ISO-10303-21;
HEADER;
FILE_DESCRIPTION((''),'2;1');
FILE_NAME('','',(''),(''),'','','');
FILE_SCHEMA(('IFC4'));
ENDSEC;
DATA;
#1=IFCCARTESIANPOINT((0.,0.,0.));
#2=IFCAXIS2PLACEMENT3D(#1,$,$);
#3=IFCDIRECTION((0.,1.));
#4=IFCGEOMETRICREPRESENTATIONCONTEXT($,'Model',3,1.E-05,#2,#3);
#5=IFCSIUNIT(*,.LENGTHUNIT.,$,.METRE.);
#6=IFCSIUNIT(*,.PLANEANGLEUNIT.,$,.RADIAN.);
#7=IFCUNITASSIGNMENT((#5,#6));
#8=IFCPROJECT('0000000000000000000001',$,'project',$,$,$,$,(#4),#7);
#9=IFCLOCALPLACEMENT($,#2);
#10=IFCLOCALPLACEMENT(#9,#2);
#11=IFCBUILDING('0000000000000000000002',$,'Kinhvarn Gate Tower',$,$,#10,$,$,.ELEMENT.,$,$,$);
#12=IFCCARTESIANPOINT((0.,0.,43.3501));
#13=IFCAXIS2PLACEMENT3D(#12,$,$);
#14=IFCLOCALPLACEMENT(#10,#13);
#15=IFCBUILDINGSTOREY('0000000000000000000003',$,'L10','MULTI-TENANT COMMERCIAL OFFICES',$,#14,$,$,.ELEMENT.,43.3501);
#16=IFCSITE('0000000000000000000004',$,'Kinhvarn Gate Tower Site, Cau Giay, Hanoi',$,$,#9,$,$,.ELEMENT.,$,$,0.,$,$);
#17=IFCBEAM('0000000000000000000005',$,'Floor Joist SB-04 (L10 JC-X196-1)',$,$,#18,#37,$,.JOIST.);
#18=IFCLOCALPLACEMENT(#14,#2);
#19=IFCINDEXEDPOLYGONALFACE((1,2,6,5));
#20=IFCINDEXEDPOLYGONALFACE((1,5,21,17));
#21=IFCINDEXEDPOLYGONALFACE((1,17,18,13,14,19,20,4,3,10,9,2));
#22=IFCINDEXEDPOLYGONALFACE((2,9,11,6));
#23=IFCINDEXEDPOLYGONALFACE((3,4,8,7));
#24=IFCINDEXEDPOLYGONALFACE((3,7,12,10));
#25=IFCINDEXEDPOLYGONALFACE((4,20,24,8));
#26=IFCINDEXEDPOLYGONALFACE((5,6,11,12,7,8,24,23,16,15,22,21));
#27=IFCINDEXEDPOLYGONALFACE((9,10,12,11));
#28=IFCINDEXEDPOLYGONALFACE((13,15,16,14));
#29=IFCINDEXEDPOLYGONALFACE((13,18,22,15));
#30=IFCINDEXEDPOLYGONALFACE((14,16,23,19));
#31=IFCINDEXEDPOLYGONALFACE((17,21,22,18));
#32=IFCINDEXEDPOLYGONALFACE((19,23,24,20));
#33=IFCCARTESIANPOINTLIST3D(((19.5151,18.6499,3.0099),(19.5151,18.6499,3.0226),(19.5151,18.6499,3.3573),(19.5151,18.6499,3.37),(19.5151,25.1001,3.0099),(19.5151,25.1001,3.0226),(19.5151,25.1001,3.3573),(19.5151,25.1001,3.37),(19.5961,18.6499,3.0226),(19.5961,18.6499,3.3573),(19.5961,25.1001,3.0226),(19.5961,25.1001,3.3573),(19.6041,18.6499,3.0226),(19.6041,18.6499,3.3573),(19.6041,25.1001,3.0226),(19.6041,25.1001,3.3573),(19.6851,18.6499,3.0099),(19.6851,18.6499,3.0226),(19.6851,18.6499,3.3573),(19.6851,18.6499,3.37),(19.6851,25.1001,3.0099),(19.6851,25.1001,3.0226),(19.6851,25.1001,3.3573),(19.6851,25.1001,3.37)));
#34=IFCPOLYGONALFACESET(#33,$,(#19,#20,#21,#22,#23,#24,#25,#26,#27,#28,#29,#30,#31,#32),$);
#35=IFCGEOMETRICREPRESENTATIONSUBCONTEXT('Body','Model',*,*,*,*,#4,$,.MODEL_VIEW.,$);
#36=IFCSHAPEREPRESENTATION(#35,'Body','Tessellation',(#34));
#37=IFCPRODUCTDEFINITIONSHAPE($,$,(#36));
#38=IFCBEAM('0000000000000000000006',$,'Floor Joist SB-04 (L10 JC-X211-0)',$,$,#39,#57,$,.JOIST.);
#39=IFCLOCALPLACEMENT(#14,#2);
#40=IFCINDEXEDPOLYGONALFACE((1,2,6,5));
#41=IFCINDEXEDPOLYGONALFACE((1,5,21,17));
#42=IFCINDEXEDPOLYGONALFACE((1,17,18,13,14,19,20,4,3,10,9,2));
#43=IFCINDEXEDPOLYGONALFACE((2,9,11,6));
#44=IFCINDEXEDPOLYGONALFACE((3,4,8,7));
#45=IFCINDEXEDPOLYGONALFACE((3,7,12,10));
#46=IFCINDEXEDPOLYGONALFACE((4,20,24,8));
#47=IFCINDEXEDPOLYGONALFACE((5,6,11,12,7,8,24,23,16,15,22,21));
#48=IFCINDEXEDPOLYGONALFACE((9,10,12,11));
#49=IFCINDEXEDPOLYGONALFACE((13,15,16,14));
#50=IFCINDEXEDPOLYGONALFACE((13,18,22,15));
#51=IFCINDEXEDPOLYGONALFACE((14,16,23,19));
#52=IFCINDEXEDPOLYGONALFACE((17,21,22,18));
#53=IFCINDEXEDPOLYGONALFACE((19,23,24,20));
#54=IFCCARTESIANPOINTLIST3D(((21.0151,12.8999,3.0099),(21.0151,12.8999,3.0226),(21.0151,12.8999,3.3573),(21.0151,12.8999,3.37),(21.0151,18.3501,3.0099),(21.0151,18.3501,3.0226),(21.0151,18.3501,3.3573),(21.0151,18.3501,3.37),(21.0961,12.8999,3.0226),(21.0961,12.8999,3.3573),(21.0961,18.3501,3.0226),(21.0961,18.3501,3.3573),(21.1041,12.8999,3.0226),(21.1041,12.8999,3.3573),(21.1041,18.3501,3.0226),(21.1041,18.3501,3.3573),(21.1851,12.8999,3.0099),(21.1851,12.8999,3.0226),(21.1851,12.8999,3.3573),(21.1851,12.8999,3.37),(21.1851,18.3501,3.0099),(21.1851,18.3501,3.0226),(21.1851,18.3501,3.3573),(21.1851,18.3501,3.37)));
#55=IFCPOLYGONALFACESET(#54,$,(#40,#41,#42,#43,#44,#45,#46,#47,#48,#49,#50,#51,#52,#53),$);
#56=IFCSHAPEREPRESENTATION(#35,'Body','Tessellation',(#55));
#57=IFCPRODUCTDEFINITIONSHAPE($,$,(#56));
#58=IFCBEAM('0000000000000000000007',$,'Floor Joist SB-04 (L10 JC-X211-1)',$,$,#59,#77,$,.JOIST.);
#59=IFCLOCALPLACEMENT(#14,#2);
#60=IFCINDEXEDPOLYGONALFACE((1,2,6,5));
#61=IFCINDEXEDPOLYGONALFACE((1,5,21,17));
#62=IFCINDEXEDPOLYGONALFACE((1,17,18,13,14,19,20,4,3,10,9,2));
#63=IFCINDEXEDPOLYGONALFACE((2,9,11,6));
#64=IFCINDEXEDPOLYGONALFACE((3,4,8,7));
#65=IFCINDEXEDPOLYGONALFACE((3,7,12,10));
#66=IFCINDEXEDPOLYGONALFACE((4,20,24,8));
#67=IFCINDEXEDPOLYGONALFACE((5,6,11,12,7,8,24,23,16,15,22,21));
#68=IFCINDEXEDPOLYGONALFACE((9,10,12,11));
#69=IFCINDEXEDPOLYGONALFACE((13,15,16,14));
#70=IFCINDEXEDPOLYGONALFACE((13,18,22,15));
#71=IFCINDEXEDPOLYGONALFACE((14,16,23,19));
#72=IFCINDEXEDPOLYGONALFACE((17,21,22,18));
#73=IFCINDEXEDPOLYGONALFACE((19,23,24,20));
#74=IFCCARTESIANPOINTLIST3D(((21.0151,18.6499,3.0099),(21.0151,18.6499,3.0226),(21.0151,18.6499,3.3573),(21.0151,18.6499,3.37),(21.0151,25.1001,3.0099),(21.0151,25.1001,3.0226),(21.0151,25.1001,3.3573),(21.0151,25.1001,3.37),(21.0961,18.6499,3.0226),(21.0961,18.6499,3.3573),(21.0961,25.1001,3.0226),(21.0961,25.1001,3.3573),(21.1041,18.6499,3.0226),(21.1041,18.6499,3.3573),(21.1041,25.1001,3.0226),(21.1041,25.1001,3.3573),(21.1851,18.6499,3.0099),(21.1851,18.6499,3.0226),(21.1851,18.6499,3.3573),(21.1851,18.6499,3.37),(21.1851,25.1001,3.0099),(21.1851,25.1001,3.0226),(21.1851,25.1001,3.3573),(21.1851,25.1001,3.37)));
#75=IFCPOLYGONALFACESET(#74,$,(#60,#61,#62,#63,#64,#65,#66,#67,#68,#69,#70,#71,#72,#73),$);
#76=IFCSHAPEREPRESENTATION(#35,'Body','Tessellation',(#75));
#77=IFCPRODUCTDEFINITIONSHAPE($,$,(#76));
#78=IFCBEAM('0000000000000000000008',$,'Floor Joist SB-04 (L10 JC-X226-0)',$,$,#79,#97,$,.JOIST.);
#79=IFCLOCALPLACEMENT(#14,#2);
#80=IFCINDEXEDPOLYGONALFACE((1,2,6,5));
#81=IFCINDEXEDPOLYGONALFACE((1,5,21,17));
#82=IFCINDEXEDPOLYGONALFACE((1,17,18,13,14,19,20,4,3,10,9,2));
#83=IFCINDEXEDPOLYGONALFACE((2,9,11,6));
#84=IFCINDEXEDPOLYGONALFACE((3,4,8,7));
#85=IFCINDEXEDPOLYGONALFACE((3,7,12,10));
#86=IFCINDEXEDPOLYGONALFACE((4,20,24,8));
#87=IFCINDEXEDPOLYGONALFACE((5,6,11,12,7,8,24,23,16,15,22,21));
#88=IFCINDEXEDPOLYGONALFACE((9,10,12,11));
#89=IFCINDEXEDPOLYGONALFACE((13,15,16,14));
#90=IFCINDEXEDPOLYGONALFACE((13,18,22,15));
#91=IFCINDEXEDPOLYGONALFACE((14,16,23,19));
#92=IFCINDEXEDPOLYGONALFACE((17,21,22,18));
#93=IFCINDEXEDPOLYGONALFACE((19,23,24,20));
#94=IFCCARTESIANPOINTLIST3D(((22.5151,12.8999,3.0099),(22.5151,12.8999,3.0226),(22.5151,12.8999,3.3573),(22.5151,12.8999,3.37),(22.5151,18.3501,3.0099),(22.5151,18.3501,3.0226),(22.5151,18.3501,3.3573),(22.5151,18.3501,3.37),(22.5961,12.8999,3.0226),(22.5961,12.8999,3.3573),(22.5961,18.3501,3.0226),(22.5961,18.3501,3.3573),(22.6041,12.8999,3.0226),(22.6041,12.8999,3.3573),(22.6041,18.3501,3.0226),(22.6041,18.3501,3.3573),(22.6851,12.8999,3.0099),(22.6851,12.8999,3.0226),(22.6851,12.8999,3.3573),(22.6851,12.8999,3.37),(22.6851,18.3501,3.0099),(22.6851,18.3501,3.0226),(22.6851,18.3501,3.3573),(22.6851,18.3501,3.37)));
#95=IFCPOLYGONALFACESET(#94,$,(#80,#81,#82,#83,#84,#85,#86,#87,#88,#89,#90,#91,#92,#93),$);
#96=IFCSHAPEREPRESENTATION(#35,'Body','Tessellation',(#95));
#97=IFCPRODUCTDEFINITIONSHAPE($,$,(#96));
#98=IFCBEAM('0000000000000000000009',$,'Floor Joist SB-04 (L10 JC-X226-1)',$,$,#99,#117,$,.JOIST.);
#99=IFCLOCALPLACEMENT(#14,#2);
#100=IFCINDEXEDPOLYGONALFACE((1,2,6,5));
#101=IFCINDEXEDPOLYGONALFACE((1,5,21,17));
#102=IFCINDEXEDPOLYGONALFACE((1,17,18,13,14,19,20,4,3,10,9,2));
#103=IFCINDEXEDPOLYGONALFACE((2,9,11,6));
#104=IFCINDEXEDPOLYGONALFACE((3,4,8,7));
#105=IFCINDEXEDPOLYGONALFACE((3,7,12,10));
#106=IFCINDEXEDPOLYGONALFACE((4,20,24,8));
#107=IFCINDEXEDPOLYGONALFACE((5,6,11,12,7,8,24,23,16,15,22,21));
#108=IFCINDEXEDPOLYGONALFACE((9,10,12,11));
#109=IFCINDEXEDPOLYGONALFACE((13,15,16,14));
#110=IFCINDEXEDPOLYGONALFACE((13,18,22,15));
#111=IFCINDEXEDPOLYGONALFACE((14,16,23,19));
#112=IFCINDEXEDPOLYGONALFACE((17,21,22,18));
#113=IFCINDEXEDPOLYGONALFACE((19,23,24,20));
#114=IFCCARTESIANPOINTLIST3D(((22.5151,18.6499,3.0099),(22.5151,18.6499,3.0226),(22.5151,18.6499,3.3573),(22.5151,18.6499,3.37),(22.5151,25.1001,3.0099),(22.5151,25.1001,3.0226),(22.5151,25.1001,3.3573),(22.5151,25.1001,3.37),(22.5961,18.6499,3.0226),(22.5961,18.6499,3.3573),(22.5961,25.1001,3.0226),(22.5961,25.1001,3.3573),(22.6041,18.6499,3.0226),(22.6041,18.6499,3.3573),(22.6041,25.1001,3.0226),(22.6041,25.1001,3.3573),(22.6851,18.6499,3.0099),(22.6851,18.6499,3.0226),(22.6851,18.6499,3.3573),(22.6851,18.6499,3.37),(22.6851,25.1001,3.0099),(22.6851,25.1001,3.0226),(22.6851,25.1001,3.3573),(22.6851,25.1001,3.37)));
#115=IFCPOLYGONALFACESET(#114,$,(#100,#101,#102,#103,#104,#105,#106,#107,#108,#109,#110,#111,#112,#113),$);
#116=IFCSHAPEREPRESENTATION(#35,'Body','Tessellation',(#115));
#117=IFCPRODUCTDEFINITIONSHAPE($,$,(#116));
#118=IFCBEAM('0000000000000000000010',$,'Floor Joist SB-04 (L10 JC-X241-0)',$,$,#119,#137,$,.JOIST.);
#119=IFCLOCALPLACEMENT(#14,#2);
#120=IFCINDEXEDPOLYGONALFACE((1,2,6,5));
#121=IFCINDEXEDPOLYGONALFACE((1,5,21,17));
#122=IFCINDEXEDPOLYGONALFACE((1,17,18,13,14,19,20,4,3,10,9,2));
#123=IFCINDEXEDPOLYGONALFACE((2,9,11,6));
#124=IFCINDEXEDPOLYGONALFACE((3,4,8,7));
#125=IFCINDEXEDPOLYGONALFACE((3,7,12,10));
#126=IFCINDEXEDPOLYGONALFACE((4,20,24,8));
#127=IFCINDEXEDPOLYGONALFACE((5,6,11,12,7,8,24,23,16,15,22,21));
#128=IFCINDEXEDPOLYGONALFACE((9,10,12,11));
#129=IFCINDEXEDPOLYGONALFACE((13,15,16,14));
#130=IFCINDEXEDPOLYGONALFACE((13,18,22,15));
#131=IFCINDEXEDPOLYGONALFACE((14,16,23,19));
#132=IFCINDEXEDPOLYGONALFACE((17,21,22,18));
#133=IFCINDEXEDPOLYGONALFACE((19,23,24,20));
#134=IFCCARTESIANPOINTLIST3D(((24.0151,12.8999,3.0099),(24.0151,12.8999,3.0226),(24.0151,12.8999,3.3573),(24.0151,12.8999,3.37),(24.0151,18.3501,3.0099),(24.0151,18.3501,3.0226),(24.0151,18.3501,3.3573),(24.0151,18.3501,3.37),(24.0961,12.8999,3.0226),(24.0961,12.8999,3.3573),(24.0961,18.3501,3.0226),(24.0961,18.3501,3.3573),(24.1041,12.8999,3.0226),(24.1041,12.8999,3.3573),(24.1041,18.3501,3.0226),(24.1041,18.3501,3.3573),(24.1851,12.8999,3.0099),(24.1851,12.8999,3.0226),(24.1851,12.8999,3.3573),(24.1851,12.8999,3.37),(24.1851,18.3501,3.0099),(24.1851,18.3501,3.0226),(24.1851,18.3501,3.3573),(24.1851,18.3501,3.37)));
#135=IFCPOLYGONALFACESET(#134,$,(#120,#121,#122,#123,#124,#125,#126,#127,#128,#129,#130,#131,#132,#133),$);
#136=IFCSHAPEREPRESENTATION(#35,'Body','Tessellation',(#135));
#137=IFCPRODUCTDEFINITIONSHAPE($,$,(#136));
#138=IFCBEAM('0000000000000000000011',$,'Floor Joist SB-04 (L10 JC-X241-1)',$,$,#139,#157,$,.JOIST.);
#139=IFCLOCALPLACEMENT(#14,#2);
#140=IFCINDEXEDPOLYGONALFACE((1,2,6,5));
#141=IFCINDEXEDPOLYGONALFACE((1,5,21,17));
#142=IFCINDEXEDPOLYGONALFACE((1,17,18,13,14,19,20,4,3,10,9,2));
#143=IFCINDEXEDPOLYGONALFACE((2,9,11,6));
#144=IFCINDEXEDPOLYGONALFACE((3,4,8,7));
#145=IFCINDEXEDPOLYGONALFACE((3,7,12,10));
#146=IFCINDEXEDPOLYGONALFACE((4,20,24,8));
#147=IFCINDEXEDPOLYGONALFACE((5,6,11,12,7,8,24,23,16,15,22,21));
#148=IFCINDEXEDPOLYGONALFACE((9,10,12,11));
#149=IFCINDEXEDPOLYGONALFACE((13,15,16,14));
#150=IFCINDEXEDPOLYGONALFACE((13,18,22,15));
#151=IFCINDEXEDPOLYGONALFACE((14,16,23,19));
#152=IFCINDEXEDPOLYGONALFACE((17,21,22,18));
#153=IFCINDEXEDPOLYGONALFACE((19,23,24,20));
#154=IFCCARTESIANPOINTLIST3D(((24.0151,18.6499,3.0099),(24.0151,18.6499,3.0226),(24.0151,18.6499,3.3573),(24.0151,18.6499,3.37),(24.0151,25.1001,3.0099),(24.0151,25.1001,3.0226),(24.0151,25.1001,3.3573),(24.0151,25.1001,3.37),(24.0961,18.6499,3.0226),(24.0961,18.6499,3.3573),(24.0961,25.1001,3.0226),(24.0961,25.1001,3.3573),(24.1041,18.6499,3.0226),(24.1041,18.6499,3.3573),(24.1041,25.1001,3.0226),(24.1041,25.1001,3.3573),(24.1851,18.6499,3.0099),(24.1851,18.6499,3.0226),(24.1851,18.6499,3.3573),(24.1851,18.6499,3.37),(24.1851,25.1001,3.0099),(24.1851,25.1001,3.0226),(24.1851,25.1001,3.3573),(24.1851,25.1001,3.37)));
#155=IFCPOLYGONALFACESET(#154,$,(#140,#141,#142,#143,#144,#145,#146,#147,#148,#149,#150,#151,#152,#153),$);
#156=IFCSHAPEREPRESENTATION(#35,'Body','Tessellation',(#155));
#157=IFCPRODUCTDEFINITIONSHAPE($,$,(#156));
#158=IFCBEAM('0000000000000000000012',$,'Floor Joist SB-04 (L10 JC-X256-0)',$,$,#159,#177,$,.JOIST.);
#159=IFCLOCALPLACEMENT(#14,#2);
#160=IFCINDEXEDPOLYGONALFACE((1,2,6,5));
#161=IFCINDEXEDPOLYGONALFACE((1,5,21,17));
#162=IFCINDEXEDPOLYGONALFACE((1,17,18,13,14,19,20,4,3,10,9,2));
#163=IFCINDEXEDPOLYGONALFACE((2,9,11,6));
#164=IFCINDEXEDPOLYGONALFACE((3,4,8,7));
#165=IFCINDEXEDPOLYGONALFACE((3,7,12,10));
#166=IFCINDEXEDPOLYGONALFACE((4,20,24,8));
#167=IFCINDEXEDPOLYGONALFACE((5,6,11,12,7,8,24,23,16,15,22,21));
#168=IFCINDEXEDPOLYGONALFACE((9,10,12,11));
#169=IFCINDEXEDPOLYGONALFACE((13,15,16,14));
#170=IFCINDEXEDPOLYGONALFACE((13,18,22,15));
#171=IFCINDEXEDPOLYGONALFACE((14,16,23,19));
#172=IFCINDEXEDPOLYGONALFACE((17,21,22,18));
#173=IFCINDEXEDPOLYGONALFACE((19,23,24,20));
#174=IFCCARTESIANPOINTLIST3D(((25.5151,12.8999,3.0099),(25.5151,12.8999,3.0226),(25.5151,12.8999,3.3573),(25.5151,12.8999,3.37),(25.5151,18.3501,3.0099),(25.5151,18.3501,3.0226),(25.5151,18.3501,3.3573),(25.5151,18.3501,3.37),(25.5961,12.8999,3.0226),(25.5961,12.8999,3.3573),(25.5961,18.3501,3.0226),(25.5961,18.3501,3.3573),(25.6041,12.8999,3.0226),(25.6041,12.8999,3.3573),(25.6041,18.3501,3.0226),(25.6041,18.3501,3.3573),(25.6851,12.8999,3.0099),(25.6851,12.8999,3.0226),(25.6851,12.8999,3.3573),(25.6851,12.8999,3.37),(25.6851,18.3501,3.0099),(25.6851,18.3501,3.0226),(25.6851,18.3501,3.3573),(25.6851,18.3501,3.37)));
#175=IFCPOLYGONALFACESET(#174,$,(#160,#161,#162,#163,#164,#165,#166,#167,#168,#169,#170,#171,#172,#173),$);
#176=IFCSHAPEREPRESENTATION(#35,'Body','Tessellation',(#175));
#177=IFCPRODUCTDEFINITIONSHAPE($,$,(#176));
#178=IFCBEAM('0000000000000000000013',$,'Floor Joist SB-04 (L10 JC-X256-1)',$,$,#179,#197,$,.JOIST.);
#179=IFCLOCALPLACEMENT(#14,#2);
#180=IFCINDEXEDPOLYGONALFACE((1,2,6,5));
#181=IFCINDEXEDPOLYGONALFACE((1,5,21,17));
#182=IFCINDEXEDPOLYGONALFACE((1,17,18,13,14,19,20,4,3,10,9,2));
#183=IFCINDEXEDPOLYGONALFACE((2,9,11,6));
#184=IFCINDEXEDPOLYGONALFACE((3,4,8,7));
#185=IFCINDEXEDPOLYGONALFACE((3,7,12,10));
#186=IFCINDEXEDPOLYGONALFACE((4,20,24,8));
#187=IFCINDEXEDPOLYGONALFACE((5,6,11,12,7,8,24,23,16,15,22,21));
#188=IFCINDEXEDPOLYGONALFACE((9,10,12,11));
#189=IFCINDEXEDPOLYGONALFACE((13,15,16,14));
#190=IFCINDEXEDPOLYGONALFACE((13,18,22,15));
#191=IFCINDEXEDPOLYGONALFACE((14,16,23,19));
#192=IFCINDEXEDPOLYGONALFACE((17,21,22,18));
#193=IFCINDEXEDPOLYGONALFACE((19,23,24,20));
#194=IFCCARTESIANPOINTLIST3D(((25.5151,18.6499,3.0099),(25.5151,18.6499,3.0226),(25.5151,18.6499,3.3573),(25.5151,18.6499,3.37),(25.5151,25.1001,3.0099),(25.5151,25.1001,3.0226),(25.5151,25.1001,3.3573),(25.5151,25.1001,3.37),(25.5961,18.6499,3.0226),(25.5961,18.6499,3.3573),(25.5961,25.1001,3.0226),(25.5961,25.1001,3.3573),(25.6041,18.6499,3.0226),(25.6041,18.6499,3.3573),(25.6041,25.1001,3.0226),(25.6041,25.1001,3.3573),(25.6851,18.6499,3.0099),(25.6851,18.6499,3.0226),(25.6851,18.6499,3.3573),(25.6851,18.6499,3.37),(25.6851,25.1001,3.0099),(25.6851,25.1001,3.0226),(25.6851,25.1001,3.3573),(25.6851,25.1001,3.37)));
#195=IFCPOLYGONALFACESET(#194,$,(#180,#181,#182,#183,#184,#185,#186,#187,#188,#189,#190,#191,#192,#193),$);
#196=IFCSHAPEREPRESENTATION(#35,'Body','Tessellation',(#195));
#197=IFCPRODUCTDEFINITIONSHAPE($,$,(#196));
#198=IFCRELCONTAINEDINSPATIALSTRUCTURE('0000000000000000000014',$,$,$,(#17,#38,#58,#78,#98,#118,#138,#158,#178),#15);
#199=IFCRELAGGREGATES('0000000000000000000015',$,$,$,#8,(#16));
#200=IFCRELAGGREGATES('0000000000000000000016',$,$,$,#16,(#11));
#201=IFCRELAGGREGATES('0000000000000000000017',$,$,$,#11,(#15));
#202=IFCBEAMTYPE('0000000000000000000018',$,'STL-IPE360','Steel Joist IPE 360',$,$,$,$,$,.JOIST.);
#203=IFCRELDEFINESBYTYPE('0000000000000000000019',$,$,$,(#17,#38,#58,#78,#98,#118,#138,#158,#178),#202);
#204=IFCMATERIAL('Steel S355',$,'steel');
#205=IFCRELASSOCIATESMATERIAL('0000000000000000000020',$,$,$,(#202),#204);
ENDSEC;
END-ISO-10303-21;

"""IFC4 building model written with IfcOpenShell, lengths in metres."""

from ifc_helpers import new_model, si_unit, direction, frame, origin, origin_2d, place, context, subcontext, project, spatial, i_section, extrude, material, material_profile, profile_set, type_object, element, save


model = new_model("IFC4")

# Units and contexts
model_context = context("Model", 3, precision=1e-05, world=origin(), true_north=direction((0.0, 1.0)))
body_context = subcontext(model_context, "Body", "Model", "MODEL_VIEW")
ifc_project = project(units=[si_unit("LENGTHUNIT", "METRE"), si_unit("PLANEANGLEUNIT", "RADIAN")], contexts=[model_context])

# Site, building, storey
site_placement = place(None, origin())
site = spatial("IfcSite", under=ifc_project, at=site_placement, Name="Kinhvarn Gate Tower Site, Cau Giay, Hanoi", CompositionType="ELEMENT", RefElevation=0.0)
building_placement = place(site_placement, origin())
building = spatial("IfcBuilding", under=site, at=building_placement, Name="Kinhvarn Gate Tower", CompositionType="ELEMENT")
storey_placement = place(building_placement, frame((0.0, 0.0, 43.3501)))
storey = spatial("IfcBuildingStorey", under=building, at=storey_placement, Name="L10", Description="MULTI-TENANT COMMERCIAL OFFICES", CompositionType="ELEMENT", Elevation=43.3501)

# Beams
ifc_material_1 = material(Name="Steel S355", Category="steel")
ifc_material_profile = material_profile(ifc_material_1, i_section(OverallWidth=0.1699, OverallDepth=0.3601, WebThickness=0.0081, FlangeThickness=0.0127, at=origin_2d()), Name="IPE 360")
ifc_profile_set = profile_set([ifc_material_profile], Name="Steel S355")
beam_type = type_object("IfcBeamType", Name="STL-IPE360", Description="Steel Joist IPE 360", PredefinedType="JOIST", material=ifc_profile_set)
beam_1_placement = place(storey_placement, frame((19.6001, 18.6499, 3.1899), z_axis=(0.0, 1.0, 0.0), x_axis=(-1.0, 0.0, 0.0)))
element("IfcBeam", 1, at=beam_1_placement, inside=storey, type_object=beam_type, Name="Floor Joist SB-04 (L10 JC-X196-1)", PredefinedType="JOIST", context=body_context, shape_type="SweptSolid", body=[
    extrude(i_section(OverallWidth=0.1699, OverallDepth=0.3601, WebThickness=0.0081, FlangeThickness=0.0127, at=origin_2d()), origin(), (0.0, 0.0, 1.0), 6.4502),
])
beam_2_placement = place(storey_placement, frame((21.1001, 12.8999, 3.1899), z_axis=(0.0, 1.0, 0.0), x_axis=(-1.0, 0.0, 0.0)))
element("IfcBeam", 2, at=beam_2_placement, inside=storey, type_object=beam_type, Name="Floor Joist SB-04 (L10 JC-X211-0)", PredefinedType="JOIST", context=body_context, shape_type="SweptSolid", body=[
    extrude(i_section(OverallWidth=0.1699, OverallDepth=0.3601, WebThickness=0.0081, FlangeThickness=0.0127, at=origin_2d()), origin(), (0.0, 0.0, 1.0), 5.4502),
])
beam_3_placement = place(storey_placement, frame((21.1001, 18.6499, 3.1899), z_axis=(0.0, 1.0, 0.0), x_axis=(-1.0, 0.0, 0.0)))
element("IfcBeam", 3, at=beam_3_placement, inside=storey, type_object=beam_type, Name="Floor Joist SB-04 (L10 JC-X211-1)", PredefinedType="JOIST", context=body_context, shape_type="SweptSolid", body=[
    extrude(i_section(OverallWidth=0.1699, OverallDepth=0.3601, WebThickness=0.0081, FlangeThickness=0.0127, at=origin_2d()), origin(), (0.0, 0.0, 1.0), 6.4502),
])
beam_4_placement = place(storey_placement, frame((22.6001, 12.8999, 3.1899), z_axis=(0.0, 1.0, 0.0), x_axis=(-1.0, 0.0, 0.0)))
element("IfcBeam", 4, at=beam_4_placement, inside=storey, type_object=beam_type, Name="Floor Joist SB-04 (L10 JC-X226-0)", PredefinedType="JOIST", context=body_context, shape_type="SweptSolid", body=[
    extrude(i_section(OverallWidth=0.1699, OverallDepth=0.3601, WebThickness=0.0081, FlangeThickness=0.0127, at=origin_2d()), origin(), (0.0, 0.0, 1.0), 5.4502),
])
beam_5_placement = place(storey_placement, frame((22.6001, 18.6499, 3.1899), z_axis=(0.0, 1.0, 0.0), x_axis=(-1.0, 0.0, 0.0)))
element("IfcBeam", 5, at=beam_5_placement, inside=storey, type_object=beam_type, Name="Floor Joist SB-04 (L10 JC-X226-1)", PredefinedType="JOIST", context=body_context, shape_type="SweptSolid", body=[
    extrude(i_section(OverallWidth=0.1699, OverallDepth=0.3601, WebThickness=0.0081, FlangeThickness=0.0127, at=origin_2d()), origin(), (0.0, 0.0, 1.0), 6.4502),
])
beam_6_placement = place(storey_placement, frame((24.1001, 12.8999, 3.1899), z_axis=(0.0, 1.0, 0.0), x_axis=(-1.0, 0.0, 0.0)))
element("IfcBeam", 6, at=beam_6_placement, inside=storey, type_object=beam_type, Name="Floor Joist SB-04 (L10 JC-X241-0)", PredefinedType="JOIST", context=body_context, shape_type="SweptSolid", body=[
    extrude(i_section(OverallWidth=0.1699, OverallDepth=0.3601, WebThickness=0.0081, FlangeThickness=0.0127, at=origin_2d()), origin(), (0.0, 0.0, 1.0), 5.4502),
])
beam_7_placement = place(storey_placement, frame((24.1001, 18.6499, 3.1899), z_axis=(0.0, 1.0, 0.0), x_axis=(-1.0, 0.0, 0.0)))
element("IfcBeam", 7, at=beam_7_placement, inside=storey, type_object=beam_type, Name="Floor Joist SB-04 (L10 JC-X241-1)", PredefinedType="JOIST", context=body_context, shape_type="SweptSolid", body=[
    extrude(i_section(OverallWidth=0.1699, OverallDepth=0.3601, WebThickness=0.0081, FlangeThickness=0.0127, at=origin_2d()), origin(), (0.0, 0.0, 1.0), 6.4502),
])
beam_8_placement = place(storey_placement, frame((25.6001, 12.8999, 3.1899), z_axis=(0.0, 1.0, 0.0), x_axis=(-1.0, 0.0, 0.0)))
element("IfcBeam", 8, at=beam_8_placement, inside=storey, type_object=beam_type, Name="Floor Joist SB-04 (L10 JC-X256-0)", PredefinedType="JOIST", context=body_context, shape_type="SweptSolid", body=[
    extrude(i_section(OverallWidth=0.1699, OverallDepth=0.3601, WebThickness=0.0081, FlangeThickness=0.0127, at=origin_2d()), origin(), (0.0, 0.0, 1.0), 5.4502),
])
beam_9_placement = place(storey_placement, frame((25.6001, 18.6499, 3.1899), z_axis=(0.0, 1.0, 0.0), x_axis=(-1.0, 0.0, 0.0)))
element("IfcBeam", 9, at=beam_9_placement, inside=storey, type_object=beam_type, Name="Floor Joist SB-04 (L10 JC-X256-1)", PredefinedType="JOIST", context=body_context, shape_type="SweptSolid", body=[
    extrude(i_section(OverallWidth=0.1699, OverallDepth=0.3601, WebThickness=0.0081, FlangeThickness=0.0127, at=origin_2d()), origin(), (0.0, 0.0, 1.0), 6.4502),
])

save(model, "model.ifc")
